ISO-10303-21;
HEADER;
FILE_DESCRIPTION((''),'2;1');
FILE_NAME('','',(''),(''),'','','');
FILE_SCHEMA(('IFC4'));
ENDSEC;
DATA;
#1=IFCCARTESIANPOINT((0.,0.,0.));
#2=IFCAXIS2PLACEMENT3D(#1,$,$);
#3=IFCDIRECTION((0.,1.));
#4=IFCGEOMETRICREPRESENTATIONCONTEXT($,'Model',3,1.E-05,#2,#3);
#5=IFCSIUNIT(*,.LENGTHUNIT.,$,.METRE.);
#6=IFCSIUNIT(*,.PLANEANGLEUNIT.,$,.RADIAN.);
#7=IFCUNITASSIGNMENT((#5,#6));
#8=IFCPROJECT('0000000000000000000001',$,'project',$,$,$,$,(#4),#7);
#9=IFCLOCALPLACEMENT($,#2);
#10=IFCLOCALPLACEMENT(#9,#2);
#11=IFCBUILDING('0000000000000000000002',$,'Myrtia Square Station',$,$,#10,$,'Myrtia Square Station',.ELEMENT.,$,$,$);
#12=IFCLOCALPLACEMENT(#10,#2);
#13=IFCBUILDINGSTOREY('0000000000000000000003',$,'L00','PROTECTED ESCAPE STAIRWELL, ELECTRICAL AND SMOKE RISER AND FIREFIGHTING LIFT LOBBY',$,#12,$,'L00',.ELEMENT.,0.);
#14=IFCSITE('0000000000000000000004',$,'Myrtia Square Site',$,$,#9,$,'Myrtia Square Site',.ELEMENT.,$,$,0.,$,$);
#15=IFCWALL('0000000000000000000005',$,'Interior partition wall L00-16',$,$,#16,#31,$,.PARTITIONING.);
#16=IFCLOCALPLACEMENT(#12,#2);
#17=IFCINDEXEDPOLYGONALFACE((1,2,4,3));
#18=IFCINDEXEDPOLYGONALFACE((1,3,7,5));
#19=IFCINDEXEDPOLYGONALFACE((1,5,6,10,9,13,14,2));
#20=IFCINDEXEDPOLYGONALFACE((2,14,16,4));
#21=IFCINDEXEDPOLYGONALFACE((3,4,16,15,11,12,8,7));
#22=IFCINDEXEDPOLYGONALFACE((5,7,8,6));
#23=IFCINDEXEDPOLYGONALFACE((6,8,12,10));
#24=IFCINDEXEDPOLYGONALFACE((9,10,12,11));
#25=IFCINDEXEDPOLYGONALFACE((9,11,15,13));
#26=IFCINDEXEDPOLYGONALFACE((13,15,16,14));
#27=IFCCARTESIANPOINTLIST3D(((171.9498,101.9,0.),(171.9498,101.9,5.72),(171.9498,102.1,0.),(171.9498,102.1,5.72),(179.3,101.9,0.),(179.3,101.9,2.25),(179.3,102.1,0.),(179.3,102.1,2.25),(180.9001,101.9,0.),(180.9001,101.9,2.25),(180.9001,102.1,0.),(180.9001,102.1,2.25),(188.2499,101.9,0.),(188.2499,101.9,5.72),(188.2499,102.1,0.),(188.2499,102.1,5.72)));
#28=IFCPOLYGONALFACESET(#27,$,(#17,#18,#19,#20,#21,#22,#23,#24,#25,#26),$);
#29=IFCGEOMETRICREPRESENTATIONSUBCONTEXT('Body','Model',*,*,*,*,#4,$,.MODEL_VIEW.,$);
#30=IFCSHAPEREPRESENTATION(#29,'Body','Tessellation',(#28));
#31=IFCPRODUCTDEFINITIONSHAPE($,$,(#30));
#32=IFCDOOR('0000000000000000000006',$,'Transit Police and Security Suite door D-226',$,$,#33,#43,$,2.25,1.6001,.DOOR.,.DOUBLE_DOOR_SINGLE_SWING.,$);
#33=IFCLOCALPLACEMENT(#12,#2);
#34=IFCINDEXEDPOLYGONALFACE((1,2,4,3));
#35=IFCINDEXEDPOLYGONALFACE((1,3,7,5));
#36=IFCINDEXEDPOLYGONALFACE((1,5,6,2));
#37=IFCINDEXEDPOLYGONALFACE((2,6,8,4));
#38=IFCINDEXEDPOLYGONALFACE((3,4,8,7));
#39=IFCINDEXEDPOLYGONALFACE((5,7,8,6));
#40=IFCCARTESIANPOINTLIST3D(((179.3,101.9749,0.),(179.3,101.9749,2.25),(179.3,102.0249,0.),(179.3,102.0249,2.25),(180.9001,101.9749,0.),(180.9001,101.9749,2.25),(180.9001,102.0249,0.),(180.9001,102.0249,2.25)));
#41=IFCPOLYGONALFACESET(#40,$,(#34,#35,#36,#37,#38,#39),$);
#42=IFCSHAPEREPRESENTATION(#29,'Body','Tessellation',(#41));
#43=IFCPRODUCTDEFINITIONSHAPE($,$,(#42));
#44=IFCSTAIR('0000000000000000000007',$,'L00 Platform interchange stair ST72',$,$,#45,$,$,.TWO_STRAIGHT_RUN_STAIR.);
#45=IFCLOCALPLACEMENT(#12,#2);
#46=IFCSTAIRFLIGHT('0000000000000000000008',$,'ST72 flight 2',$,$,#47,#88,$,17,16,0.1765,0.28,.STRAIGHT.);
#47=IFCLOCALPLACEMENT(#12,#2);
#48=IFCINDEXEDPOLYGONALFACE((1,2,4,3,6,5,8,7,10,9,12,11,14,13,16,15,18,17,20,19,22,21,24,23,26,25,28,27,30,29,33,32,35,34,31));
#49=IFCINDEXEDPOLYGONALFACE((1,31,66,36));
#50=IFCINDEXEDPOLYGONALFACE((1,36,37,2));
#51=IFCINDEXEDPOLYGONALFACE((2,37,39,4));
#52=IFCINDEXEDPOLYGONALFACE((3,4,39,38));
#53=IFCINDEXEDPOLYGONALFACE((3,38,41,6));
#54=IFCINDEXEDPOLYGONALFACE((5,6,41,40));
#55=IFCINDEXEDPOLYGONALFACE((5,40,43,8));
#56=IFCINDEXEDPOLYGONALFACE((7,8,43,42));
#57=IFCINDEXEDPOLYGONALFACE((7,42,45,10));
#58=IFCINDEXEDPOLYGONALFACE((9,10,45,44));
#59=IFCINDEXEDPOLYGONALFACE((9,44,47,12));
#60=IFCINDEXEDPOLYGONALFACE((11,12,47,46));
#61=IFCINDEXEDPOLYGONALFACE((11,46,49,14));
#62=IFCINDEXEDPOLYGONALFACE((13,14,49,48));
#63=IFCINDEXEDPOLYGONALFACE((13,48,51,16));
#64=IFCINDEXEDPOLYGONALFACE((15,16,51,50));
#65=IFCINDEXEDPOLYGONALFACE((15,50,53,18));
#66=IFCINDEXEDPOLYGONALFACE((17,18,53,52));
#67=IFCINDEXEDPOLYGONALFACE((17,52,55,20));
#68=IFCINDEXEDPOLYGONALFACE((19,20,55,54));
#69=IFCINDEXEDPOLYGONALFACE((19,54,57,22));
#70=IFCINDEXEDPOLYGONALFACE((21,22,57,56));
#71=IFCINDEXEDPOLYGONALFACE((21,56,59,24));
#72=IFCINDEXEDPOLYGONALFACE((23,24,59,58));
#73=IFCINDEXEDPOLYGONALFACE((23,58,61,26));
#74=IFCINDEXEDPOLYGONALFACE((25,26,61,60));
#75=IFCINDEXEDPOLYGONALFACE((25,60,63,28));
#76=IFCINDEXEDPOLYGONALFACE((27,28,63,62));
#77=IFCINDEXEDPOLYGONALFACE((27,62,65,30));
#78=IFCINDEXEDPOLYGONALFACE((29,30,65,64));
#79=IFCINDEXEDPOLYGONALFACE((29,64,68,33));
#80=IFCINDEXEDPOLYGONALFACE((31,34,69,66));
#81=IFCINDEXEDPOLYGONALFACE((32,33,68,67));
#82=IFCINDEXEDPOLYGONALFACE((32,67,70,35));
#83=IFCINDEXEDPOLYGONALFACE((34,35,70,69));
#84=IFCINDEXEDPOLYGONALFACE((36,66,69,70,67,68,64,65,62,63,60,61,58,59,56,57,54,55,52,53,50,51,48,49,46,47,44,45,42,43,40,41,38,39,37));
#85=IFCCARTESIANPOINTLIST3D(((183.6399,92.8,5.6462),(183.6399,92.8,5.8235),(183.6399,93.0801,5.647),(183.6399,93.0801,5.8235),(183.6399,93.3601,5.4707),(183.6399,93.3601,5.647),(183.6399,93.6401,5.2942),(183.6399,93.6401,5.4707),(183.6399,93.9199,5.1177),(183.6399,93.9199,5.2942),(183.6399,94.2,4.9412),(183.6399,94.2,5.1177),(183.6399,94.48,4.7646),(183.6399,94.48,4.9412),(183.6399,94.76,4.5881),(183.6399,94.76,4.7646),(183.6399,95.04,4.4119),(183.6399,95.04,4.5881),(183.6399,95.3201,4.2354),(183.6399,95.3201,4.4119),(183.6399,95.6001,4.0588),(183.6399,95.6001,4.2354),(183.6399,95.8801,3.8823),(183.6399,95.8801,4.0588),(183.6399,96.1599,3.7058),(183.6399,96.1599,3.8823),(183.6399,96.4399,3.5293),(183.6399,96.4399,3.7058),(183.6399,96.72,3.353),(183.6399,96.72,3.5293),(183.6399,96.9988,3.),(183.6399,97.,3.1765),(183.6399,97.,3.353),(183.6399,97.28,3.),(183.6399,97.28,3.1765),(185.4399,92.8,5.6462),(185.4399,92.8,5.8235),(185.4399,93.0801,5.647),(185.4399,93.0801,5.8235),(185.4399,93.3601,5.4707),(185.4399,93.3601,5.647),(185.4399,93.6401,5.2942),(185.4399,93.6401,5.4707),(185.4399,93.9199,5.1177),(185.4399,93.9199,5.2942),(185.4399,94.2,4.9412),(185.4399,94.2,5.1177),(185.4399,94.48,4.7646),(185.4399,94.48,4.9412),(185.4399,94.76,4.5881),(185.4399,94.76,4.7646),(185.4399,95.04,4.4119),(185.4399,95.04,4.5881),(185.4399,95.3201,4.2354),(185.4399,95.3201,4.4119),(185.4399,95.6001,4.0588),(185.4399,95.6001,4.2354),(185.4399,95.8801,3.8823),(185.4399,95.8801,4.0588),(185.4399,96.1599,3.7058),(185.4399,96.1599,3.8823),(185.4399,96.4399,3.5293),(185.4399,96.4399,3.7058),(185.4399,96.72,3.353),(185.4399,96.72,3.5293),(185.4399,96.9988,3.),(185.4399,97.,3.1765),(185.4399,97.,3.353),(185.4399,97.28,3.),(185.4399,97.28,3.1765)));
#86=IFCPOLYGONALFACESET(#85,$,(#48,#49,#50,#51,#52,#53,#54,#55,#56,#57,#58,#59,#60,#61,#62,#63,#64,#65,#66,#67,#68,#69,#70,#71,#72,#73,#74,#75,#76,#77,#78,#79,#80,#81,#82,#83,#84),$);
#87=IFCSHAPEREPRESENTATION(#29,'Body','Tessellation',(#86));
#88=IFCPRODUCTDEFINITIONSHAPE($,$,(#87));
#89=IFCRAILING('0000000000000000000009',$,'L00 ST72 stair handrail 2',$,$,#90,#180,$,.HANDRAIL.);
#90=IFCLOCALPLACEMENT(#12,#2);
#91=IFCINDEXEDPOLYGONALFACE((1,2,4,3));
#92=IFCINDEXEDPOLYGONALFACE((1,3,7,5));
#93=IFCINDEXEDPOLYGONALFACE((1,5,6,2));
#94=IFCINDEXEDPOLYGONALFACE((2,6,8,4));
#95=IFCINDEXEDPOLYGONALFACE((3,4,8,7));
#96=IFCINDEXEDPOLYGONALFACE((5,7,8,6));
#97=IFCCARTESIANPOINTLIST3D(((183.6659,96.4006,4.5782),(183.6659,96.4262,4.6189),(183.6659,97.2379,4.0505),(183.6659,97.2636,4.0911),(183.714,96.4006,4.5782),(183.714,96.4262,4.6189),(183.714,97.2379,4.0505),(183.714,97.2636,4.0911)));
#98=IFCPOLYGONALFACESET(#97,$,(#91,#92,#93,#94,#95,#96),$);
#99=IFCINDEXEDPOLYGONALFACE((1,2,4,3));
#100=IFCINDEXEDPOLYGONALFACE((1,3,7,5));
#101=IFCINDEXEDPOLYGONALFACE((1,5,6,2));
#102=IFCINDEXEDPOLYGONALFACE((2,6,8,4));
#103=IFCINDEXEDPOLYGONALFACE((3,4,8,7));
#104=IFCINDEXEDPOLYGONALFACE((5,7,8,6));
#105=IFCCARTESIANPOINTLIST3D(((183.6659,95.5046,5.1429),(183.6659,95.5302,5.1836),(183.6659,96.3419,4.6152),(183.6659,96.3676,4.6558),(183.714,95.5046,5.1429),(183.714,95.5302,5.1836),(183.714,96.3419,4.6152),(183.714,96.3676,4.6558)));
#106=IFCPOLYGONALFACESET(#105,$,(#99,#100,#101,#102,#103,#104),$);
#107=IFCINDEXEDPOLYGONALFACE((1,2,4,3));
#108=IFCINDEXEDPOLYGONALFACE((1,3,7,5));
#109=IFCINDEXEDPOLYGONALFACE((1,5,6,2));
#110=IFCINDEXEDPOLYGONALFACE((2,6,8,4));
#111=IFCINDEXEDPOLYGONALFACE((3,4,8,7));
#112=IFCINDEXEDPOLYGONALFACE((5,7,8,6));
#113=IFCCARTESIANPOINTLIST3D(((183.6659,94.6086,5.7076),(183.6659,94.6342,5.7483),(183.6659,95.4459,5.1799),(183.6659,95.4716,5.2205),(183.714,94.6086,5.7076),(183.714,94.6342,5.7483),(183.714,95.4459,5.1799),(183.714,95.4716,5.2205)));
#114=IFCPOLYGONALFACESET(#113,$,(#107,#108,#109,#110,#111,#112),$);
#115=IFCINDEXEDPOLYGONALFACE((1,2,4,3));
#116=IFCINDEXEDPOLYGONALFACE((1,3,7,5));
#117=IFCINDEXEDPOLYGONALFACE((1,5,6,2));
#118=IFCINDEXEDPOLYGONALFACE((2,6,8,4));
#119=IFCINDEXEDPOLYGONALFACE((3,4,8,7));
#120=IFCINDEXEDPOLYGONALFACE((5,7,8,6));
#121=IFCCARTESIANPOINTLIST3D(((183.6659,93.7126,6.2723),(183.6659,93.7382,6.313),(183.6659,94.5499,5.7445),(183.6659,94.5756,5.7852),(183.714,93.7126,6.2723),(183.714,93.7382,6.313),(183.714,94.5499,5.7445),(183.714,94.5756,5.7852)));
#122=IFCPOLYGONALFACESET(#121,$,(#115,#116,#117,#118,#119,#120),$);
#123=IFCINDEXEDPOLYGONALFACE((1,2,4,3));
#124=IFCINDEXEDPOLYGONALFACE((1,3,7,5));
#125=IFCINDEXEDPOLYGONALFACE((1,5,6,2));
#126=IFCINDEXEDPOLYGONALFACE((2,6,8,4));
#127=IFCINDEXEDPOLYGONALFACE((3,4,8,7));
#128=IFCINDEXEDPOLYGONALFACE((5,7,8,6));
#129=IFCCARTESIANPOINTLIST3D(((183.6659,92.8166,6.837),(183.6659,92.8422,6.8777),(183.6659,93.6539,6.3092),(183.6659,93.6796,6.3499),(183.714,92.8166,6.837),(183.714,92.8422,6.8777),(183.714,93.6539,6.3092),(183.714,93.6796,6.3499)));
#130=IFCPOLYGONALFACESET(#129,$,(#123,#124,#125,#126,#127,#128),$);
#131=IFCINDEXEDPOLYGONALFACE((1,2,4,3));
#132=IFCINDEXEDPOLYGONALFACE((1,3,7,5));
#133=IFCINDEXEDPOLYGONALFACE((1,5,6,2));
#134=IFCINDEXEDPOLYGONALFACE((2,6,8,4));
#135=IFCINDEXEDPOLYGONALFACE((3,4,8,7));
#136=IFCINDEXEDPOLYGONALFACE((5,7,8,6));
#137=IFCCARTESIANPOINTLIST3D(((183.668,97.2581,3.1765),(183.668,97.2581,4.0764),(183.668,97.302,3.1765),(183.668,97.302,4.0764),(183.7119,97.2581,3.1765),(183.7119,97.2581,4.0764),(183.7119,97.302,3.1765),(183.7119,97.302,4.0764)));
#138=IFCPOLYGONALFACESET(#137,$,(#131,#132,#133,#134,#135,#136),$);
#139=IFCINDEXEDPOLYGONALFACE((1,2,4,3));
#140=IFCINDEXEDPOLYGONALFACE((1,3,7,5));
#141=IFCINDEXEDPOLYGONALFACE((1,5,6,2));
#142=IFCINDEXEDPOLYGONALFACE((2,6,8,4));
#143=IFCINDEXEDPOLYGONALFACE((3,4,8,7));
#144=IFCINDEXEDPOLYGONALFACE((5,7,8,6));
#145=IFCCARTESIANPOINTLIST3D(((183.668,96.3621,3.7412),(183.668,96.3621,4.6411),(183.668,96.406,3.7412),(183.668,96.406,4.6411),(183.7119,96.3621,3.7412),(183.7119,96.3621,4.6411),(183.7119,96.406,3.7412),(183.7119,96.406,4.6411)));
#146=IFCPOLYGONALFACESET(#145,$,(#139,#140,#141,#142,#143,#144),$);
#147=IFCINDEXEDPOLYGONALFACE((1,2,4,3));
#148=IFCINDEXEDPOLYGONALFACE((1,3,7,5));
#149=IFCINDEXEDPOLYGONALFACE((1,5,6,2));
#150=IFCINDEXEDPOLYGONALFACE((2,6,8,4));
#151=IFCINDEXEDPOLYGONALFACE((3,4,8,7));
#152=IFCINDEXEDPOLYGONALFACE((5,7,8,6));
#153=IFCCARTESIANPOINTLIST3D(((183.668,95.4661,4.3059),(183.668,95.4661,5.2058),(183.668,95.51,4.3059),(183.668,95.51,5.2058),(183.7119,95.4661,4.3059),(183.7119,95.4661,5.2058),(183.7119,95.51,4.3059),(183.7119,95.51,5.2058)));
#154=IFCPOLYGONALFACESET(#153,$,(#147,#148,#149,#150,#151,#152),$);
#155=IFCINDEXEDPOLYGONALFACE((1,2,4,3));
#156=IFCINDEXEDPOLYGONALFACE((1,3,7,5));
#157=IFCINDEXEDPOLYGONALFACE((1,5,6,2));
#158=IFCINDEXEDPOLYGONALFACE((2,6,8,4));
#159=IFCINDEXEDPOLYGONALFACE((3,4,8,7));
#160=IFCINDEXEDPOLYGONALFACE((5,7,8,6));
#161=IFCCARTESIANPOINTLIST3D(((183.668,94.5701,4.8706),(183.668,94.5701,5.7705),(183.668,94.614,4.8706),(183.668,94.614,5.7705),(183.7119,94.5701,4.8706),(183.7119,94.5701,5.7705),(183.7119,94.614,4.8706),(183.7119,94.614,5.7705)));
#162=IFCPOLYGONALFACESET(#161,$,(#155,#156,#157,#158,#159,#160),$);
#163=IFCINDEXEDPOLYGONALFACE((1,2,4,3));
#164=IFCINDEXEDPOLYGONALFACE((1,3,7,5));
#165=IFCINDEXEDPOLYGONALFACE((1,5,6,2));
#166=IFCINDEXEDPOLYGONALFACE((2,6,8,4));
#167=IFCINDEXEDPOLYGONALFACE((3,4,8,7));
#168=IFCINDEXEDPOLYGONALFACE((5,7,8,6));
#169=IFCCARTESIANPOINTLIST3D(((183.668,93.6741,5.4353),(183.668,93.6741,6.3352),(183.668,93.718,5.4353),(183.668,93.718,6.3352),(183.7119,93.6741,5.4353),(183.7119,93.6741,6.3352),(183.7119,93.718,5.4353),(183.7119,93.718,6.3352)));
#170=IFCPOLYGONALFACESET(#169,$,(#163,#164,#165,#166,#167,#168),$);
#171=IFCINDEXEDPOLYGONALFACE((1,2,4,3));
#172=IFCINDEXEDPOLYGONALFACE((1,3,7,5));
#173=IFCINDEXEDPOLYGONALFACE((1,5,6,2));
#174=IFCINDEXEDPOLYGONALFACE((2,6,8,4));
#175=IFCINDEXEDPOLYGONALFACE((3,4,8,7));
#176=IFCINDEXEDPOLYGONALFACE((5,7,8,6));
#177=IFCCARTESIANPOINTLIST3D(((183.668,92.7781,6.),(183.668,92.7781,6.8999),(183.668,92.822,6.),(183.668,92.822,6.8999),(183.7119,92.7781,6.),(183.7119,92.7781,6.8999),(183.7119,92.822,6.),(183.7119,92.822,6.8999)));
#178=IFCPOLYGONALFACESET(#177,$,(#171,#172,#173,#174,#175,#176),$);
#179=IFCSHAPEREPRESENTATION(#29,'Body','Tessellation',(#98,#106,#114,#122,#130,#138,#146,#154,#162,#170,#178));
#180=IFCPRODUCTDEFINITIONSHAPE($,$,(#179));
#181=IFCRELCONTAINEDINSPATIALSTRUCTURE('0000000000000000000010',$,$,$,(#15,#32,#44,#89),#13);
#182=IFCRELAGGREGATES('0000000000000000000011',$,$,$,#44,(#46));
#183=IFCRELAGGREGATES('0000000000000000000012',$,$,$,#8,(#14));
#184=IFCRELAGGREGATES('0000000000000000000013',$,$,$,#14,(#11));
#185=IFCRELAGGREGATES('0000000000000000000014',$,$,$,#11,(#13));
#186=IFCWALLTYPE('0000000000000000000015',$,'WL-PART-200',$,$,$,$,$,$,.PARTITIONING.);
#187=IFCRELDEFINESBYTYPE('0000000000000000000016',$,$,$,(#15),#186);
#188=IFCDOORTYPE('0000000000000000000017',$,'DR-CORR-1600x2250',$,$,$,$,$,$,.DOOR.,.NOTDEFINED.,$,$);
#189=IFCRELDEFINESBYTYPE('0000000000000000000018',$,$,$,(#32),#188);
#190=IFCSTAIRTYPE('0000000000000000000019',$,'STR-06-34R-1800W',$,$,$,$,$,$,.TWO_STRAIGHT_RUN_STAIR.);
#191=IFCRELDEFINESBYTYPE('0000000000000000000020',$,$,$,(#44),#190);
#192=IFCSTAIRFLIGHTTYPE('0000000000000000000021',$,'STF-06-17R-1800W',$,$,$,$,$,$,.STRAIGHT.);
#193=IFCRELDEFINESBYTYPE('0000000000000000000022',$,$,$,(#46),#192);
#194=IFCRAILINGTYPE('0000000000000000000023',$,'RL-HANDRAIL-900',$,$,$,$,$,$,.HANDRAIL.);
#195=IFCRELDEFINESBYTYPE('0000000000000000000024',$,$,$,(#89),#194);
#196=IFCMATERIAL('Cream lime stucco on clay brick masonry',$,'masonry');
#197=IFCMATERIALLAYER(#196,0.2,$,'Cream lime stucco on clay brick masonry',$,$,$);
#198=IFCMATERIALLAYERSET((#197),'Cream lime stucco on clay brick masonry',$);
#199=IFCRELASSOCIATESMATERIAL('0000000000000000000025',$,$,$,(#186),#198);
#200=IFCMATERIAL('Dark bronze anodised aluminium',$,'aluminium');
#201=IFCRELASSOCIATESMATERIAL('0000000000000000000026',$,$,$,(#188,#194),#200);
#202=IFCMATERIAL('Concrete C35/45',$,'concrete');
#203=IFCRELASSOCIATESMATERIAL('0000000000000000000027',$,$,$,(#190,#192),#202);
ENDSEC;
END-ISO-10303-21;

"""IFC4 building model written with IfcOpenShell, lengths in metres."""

from ifc_helpers import new_model, si_unit, direction, frame, frame_2d, origin, origin_2d, place, context, subcontext, project, spatial, polyline, rectangle, outline, extrude, material, layer, layer_set, type_object, element, fill, aggregate, save


model = new_model("IFC4")

# Units and contexts
model_context = context("Model", 3, precision=1e-05, world=origin(), true_north=direction((0.0, 1.0)))
body_context = subcontext(model_context, "Body", "Model", "MODEL_VIEW")
ifc_project = project(units=[si_unit("LENGTHUNIT", "METRE"), si_unit("PLANEANGLEUNIT", "RADIAN")], contexts=[model_context])

# Site, building, storey
site_placement = place(None, origin())
site = spatial("IfcSite", under=ifc_project, at=site_placement, Name="Myrtia Square Site", LongName="Myrtia Square Site", CompositionType="ELEMENT", RefElevation=0.0)
building_placement = place(site_placement, origin())
building = spatial("IfcBuilding", under=site, at=building_placement, Name="Myrtia Square Station", LongName="Myrtia Square Station", CompositionType="ELEMENT")
storey_placement = place(building_placement, origin())
storey = spatial("IfcBuildingStorey", under=building, at=storey_placement, Name="L00", Description="PROTECTED ESCAPE STAIRWELL, ELECTRICAL AND SMOKE RISER AND FIREFIGHTING LIFT LOBBY", LongName="L00", CompositionType="ELEMENT", Elevation=0.0)

# Wall, opening, door
ifc_material_1 = material(Name="Dark bronze anodised aluminium", Category="aluminium")
ifc_material_2 = material(Name="Cream lime stucco on clay brick masonry", Category="masonry")
ifc_layer_1 = layer(ifc_material_2, 0.2, Name="Cream lime stucco on clay brick masonry")
ifc_layer_set_1 = layer_set([ifc_layer_1], Name="Cream lime stucco on clay brick masonry")
wall_type_1 = type_object("IfcWallType", Name="WL-PART-200", PredefinedType="PARTITIONING", material=ifc_layer_set_1)
wall_1_placement = place(storey_placement, frame((171.95, 102.0, 0.0), z_axis=(0.0, 0.0, 1.0), x_axis=(1.0, 0.0, 0.0)))
wall_1 = element("IfcWall", 1, at=wall_1_placement, inside=storey, type_object=wall_type_1, Name="Interior partition wall L00-16", PredefinedType="PARTITIONING", context=body_context, shape_type="SweptSolid", body=[
    extrude(rectangle(XDim=16.3, YDim=0.2, at=frame_2d((8.1499, 0.0))), origin(), (0.0, 0.0, 1.0), 5.72),
])
opening_1_placement = place(wall_1_placement, frame((7.3501, 0.0, 0.0)))
opening_1 = element("IfcOpeningElement", 2, at=opening_1_placement, cuts=wall_1, PredefinedType="OPENING", context=body_context, shape_type="SweptSolid", body=[
    extrude(rectangle(XDim=1.6001, YDim=2.25, at=frame_2d((0.8, 1.125))), frame((0.0, 0.115, 0.0), z_axis=(0.0, -1.0, 0.0), x_axis=(1.0, 0.0, 0.0)), (0.0, 0.0, 1.0), 0.23),
])
door_type_1 = type_object("IfcDoorType", Name="DR-CORR-1600x2250", OperationType="NOTDEFINED", PredefinedType="DOOR", material=ifc_material_1)
door_1_placement = place(opening_1_placement, origin())
door_1 = element("IfcDoor", 3, at=door_1_placement, inside=storey, type_object=door_type_1, Name="Transit Police and Security Suite door D-226", OperationType="DOUBLE_DOOR_SINGLE_SWING", OverallHeight=2.25, OverallWidth=1.6001, PredefinedType="DOOR", context=body_context, shape_type="SweptSolid", body=[
    extrude(rectangle(XDim=1.6001, YDim=2.25, at=frame_2d((0.8, 1.125))), frame((0.0, 0.0249, 0.0), z_axis=(0.0, -1.0, 0.0), x_axis=(1.0, 0.0, 0.0)), (0.0, 0.0, 1.0), 0.05),
])
fill(opening_1, door_1)

# Stair, stair flight
ifc_material_3 = material(Name="Concrete C35/45", Category="concrete")
stair_type = type_object("IfcStairType", Name="STR-06-34R-1800W", PredefinedType="TWO_STRAIGHT_RUN_STAIR", material=ifc_material_3)
stair_placement = place(storey_placement, origin())
stair = element("IfcStair", 4, at=stair_placement, inside=storey, type_object=stair_type, Name="L00 Platform interchange stair ST72", PredefinedType="TWO_STRAIGHT_RUN_STAIR")
stair_flight_type = type_object("IfcStairFlightType", Name="STF-06-17R-1800W", PredefinedType="STRAIGHT", material=ifc_material_3)
stair_flight_placement = place(storey_placement, frame((184.54, 97.28, 3.0), z_axis=(0.0, 0.0, 1.0), x_axis=(0.0, -1.0, 0.0)))
stair_flight = element("IfcStairFlight", 5, at=stair_flight_placement, type_object=stair_flight_type, Name="ST72 flight 2", NumberOfRisers=17, NumberOfTreads=16, PredefinedType="STRAIGHT", RiserHeight=0.1765, TreadLength=0.28, context=body_context, shape_type="SweptSolid", body=[
    extrude(outline(polyline([(0.0, 0.0), (0.0, 0.1765), (0.28, 0.1765), (0.28, 0.353), (0.5601, 0.353), (0.5601, 0.5293), (0.8401, 0.5293), (0.8401, 0.7058), (1.1201, 0.7058), (1.1201, 0.8823), (1.3999, 0.8823), (1.3999, 1.0588), (1.6799, 1.0588), (1.6799, 1.2354), (1.96, 1.2354), (1.96, 1.4119), (2.24, 1.4119), (2.24, 1.5881), (2.52, 1.5881), (2.52, 1.7646), (2.8, 1.7646), (2.8, 1.9412), (3.0801, 1.9412), (3.0801, 2.1177), (3.3601, 2.1177), (3.3601, 2.2942), (3.6399, 2.2942), (3.6399, 2.4707), (3.9199, 2.4707), (3.9199, 2.647), (4.2, 2.647), (4.2, 2.8235), (4.48, 2.8235), (4.48, 3.0), (4.48, 2.6462), (0.2812, 0.0), (0.0, 0.0)])), frame((0.0, 0.8999, 0.0), z_axis=(0.0, -1.0, 0.0), x_axis=(1.0, 0.0, 0.0)), (0.0, 0.0, 1.0), 1.8),
])
aggregate(stair, [stair_flight])

# Railing
railing_type_1 = type_object("IfcRailingType", Name="RL-HANDRAIL-900", PredefinedType="HANDRAIL", material=ifc_material_1)
railing_1_placement = place(storey_placement, frame((183.6899, 97.28, 3.1765)))
element("IfcRailing", 6, at=railing_1_placement, inside=storey, type_object=railing_type_1, Name="L00 ST72 stair handrail 2", PredefinedType="HANDRAIL", context=body_context, shape_type="SweptSolid", body=[
    extrude(rectangle(XDim=0.0481, YDim=0.0481, at=origin_2d()), frame((0.0, -0.0293, 0.8943), z_axis=(0.0, -0.845998, 0.533186), x_axis=(1.0, 0.0, 0.0)), (0.0, 0.0, 1.0), 0.9897),
    extrude(rectangle(XDim=0.0481, YDim=0.0481, at=origin_2d()), frame((0.0, -0.9253, 1.459), z_axis=(0.0, -0.845998, 0.533186), x_axis=(1.0, 0.0, 0.0)), (0.0, 0.0, 1.0), 0.9897),
    extrude(rectangle(XDim=0.0481, YDim=0.0481, at=origin_2d()), frame((0.0, -1.8213, 2.0237), z_axis=(0.0, -0.845998, 0.533186), x_axis=(1.0, 0.0, 0.0)), (0.0, 0.0, 1.0), 0.9897),
    extrude(rectangle(XDim=0.0481, YDim=0.0481, at=origin_2d()), frame((0.0, -2.7173, 2.5884), z_axis=(0.0, -0.845998, 0.533186), x_axis=(1.0, 0.0, 0.0)), (0.0, 0.0, 1.0), 0.9897),
    extrude(rectangle(XDim=0.0481, YDim=0.0481, at=origin_2d()), frame((0.0, -3.6133, 3.1531), z_axis=(0.0, -0.845998, 0.533186), x_axis=(1.0, 0.0, 0.0)), (0.0, 0.0, 1.0), 0.9897),
    extrude(rectangle(XDim=0.0439, YDim=0.0439, at=origin_2d()), origin(), (0.0, 0.0, 1.0), 0.8999),
    extrude(rectangle(XDim=0.0439, YDim=0.0439, at=origin_2d()), frame((0.0, -0.896, 0.5647)), (0.0, 0.0, 1.0), 0.8999),
    extrude(rectangle(XDim=0.0439, YDim=0.0439, at=origin_2d()), frame((0.0, -1.792, 1.1294)), (0.0, 0.0, 1.0), 0.8999),
    extrude(rectangle(XDim=0.0439, YDim=0.0439, at=origin_2d()), frame((0.0, -2.688, 1.6941)), (0.0, 0.0, 1.0), 0.8999),
    extrude(rectangle(XDim=0.0439, YDim=0.0439, at=origin_2d()), frame((0.0, -3.584, 2.2588)), (0.0, 0.0, 1.0), 0.8999),
    extrude(rectangle(XDim=0.0439, YDim=0.0439, at=origin_2d()), frame((0.0, -4.48, 2.8235)), (0.0, 0.0, 1.0), 0.8999),
])

save(model, "model.ifc")
